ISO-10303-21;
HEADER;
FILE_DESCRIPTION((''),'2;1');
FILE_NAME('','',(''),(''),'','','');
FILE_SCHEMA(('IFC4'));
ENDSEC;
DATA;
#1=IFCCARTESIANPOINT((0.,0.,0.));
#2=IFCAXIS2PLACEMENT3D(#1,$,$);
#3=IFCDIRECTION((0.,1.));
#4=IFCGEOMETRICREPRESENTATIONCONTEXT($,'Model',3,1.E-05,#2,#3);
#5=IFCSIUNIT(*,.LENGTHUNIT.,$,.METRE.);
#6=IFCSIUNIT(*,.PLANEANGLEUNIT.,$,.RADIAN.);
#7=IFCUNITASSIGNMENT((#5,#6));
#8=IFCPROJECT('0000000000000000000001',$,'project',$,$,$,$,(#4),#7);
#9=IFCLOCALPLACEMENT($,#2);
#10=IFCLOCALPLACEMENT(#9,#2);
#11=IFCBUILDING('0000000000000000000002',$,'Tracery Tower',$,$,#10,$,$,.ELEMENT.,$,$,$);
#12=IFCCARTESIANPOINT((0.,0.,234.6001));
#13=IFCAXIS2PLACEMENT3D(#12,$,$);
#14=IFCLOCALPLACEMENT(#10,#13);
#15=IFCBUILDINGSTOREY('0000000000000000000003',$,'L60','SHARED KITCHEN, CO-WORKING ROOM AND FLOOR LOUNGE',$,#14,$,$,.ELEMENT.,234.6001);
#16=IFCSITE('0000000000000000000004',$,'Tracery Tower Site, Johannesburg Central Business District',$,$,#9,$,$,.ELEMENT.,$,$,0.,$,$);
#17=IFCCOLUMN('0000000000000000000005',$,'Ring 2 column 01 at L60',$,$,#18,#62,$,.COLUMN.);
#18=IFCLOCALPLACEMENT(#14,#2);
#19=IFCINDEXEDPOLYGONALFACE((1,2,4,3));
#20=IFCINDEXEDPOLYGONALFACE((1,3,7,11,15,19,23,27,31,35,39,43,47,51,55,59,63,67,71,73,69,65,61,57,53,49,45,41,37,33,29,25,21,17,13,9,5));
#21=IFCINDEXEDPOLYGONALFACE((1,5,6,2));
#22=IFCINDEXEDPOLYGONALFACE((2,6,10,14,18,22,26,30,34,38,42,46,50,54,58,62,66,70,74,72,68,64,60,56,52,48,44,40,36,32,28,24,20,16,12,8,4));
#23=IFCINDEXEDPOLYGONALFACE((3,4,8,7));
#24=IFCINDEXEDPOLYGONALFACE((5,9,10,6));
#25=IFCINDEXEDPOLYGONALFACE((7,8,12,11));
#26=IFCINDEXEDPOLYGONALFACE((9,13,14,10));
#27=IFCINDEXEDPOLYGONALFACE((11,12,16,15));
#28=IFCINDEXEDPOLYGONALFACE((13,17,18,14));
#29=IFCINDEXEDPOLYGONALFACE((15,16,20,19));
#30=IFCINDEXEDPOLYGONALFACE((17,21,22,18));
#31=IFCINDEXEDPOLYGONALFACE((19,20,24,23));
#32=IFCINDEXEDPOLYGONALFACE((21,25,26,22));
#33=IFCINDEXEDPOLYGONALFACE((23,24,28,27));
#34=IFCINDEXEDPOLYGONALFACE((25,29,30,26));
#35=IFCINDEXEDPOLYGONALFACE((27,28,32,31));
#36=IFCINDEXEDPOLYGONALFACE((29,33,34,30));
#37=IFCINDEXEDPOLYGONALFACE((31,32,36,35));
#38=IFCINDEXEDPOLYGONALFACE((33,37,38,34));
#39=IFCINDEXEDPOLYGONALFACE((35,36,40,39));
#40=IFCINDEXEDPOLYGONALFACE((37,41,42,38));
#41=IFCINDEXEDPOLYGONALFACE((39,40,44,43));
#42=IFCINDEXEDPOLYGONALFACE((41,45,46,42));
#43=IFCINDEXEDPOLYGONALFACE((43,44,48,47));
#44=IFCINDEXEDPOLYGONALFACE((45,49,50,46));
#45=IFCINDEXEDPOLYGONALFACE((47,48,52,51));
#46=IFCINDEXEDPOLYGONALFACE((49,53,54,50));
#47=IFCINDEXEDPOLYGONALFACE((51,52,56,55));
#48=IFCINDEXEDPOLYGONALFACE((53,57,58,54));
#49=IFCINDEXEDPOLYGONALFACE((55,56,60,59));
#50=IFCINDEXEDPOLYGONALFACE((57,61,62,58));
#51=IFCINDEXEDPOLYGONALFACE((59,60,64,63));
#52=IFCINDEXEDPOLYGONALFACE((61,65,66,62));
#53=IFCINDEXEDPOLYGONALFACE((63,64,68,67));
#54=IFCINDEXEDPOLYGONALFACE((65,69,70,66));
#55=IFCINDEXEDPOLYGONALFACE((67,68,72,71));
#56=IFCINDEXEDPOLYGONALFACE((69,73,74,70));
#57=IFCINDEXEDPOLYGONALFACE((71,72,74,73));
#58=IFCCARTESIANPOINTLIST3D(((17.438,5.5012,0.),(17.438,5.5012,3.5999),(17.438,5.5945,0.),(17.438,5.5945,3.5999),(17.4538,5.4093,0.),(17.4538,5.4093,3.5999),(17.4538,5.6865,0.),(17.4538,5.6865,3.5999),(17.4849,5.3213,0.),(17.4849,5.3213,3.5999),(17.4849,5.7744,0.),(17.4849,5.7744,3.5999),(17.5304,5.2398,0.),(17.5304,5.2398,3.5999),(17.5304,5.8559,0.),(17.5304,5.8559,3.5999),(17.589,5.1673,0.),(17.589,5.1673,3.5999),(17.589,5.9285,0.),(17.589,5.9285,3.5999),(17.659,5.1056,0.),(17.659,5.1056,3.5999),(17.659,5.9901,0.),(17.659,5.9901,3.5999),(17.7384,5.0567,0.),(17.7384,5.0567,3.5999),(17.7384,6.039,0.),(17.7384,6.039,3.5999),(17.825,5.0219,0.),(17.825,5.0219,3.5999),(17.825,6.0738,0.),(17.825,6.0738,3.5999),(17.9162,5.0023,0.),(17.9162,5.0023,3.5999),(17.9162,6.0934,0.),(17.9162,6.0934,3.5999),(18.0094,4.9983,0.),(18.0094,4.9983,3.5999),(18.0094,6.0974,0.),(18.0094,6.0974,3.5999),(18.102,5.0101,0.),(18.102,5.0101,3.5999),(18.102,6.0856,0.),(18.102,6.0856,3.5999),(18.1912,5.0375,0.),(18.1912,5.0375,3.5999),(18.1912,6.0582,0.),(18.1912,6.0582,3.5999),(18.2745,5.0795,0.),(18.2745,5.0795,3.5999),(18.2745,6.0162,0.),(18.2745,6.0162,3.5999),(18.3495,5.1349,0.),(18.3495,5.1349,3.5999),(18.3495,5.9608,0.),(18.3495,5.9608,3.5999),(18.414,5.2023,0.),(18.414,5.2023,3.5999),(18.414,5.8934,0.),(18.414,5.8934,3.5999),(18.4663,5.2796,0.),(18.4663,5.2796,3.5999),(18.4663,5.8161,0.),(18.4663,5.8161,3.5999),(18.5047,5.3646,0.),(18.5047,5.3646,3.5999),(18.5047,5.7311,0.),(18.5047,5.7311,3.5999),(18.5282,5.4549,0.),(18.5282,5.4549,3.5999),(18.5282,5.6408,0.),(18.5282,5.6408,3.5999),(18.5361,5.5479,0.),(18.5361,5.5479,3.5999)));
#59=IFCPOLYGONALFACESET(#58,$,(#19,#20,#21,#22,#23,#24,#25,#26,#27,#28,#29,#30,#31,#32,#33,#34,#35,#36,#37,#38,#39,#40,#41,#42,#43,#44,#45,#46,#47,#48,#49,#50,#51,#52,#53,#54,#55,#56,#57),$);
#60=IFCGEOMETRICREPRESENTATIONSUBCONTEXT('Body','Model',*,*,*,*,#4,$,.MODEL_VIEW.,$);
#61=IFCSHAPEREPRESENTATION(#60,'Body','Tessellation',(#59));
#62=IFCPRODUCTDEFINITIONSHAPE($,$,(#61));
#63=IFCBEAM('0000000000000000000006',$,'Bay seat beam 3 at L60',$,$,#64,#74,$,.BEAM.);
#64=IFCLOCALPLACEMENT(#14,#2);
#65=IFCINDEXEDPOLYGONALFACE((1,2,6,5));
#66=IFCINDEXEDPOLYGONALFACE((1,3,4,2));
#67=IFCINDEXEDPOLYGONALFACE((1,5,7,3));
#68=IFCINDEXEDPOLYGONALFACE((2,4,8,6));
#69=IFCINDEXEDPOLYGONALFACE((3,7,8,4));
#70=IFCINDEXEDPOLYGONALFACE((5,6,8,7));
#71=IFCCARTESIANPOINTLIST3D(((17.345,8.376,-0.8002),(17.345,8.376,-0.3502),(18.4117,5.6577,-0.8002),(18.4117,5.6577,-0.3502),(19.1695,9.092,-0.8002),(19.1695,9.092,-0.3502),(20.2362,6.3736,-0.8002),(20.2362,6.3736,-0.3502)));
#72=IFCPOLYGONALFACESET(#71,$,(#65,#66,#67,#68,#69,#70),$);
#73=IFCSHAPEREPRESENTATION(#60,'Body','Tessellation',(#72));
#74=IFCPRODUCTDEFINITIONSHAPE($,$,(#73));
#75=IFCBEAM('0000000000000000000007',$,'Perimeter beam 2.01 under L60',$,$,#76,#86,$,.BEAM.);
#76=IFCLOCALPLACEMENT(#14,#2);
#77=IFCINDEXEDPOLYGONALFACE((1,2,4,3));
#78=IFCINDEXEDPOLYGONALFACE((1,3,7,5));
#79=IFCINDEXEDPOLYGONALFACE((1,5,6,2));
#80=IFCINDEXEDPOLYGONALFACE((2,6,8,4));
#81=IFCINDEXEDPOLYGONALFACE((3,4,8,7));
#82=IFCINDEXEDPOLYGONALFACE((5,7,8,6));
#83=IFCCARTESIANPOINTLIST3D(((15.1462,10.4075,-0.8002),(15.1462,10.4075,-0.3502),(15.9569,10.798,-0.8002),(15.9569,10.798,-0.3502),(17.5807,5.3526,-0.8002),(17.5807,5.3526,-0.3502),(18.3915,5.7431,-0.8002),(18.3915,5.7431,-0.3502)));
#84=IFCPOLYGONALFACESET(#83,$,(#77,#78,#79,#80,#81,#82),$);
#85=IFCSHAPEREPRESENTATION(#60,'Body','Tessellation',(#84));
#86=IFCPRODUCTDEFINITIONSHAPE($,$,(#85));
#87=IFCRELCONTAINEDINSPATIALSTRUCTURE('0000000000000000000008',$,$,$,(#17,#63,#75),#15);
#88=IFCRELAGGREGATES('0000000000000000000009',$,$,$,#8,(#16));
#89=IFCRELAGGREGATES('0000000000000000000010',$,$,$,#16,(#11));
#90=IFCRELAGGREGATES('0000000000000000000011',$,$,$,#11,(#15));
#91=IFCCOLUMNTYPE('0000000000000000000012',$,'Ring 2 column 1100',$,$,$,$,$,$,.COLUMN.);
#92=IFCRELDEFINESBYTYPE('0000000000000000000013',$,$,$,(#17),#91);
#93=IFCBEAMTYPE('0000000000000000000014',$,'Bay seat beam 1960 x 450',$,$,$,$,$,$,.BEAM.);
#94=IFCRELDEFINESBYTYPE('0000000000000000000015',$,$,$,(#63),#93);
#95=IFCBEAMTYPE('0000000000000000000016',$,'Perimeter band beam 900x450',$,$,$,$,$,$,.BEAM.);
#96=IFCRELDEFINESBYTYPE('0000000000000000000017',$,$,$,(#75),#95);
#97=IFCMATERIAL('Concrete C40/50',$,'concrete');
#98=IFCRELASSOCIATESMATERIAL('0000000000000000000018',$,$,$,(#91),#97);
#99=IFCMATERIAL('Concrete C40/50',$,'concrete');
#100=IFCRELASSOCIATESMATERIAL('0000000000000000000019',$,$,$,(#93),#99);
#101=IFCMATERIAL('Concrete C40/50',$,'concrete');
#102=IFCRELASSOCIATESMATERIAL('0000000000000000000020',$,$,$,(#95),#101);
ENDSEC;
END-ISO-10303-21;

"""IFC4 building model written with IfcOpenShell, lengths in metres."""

from ifc_helpers import new_model, si_unit, direction, frame, origin, origin_2d, place, context, subcontext, project, spatial, rectangle, circle, extrude, material, material_profile, profile_set, type_object, element, save


model = new_model("IFC4")

# Units and contexts
model_context = context("Model", 3, precision=1e-05, world=origin(), true_north=direction((0.0, 1.0)))
body_context = subcontext(model_context, "Body", "Model", "MODEL_VIEW")
ifc_project = project(units=[si_unit("LENGTHUNIT", "METRE"), si_unit("PLANEANGLEUNIT", "RADIAN")], contexts=[model_context])

# Site, building, storey
site_placement = place(None, origin())
site = spatial("IfcSite", under=ifc_project, at=site_placement, Name="Tracery Tower Site, Johannesburg Central Business District", CompositionType="ELEMENT", RefElevation=0.0)
building_placement = place(site_placement, origin())
building = spatial("IfcBuilding", under=site, at=building_placement, Name="Tracery Tower", CompositionType="ELEMENT")
storey_placement = place(building_placement, frame((0.0, 0.0, 234.6001)))
storey = spatial("IfcBuildingStorey", under=building, at=storey_placement, Name="L60", Description="SHARED KITCHEN, CO-WORKING ROOM AND FLOOR LOUNGE", CompositionType="ELEMENT", Elevation=234.6001)

# Column
ifc_material_1 = material(Name="Concrete C40/50", Category="concrete")
ifc_material_profile_1 = material_profile(ifc_material_1, circle(Radius=0.55, at=origin_2d()), Name="RC D1100")
ifc_profile_set_1 = profile_set([ifc_material_profile_1], Name="Concrete C40/50")
column_type = type_object("IfcColumnType", Name="Ring 2 column 1100", PredefinedType="COLUMN", material=ifc_profile_set_1)
column_placement = place(storey_placement, frame((17.9861, 5.5479, 0.0), z_axis=(0.0, 0.0, 1.0), x_axis=(1.0, 0.0, 0.0)))
element("IfcColumn", 1, at=column_placement, inside=storey, type_object=column_type, Name="Ring 2 column 01 at L60", PredefinedType="COLUMN", context=body_context, shape_type="SweptSolid", body=[
    extrude(circle(Radius=0.55, at=origin_2d()), origin(), (0.0, 0.0, 1.0), 3.5999),
])

# Beams
ifc_material_2 = material(Name="Concrete C40/50", Category="concrete")
ifc_material_profile_2 = material_profile(ifc_material_2, rectangle(XDim=1.96, YDim=0.45, at=origin_2d()), Name="RC 1960x450")
ifc_profile_set_2 = profile_set([ifc_material_profile_2], Name="Concrete C40/50")
beam_type_1 = type_object("IfcBeamType", Name="Bay seat beam 1960 x 450", PredefinedType="BEAM", material=ifc_profile_set_2)
beam_1_placement = place(storey_placement, frame((19.324, 6.0156, -0.5752), z_axis=(-0.365285, 0.930896, 0.0), x_axis=(-0.930896, -0.365285, 0.0)))
element("IfcBeam", 2, at=beam_1_placement, inside=storey, type_object=beam_type_1, Name="Bay seat beam 3 at L60", PredefinedType="BEAM", context=body_context, shape_type="SweptSolid", body=[
    extrude(rectangle(XDim=1.96, YDim=0.45, at=origin_2d()), origin(), (0.0, 0.0, 1.0), 2.9202),
])
ifc_material_3 = material(Name="Concrete C40/50", Category="concrete")
ifc_material_profile_3 = material_profile(ifc_material_3, rectangle(XDim=0.8999, YDim=0.45, at=origin_2d()), Name="RC 900x450")
ifc_profile_set_3 = profile_set([ifc_material_profile_3], Name="Concrete C40/50")
beam_type_2 = type_object("IfcBeamType", Name="Perimeter band beam 900x450", PredefinedType="BEAM", material=ifc_profile_set_3)
beam_2_placement = place(storey_placement, frame((17.9861, 5.5479, -0.5752), z_axis=(-0.433919, 0.900952, 0.0), x_axis=(-0.900952, -0.433919, 0.0)))
element("IfcBeam", 3, at=beam_2_placement, inside=storey, type_object=beam_type_2, Name="Perimeter beam 2.01 under L60", PredefinedType="BEAM", context=body_context, shape_type="SweptSolid", body=[
    extrude(rectangle(XDim=0.8999, YDim=0.45, at=origin_2d()), origin(), (0.0, 0.0, 1.0), 5.6106),
])

save(model, "model.ifc")
